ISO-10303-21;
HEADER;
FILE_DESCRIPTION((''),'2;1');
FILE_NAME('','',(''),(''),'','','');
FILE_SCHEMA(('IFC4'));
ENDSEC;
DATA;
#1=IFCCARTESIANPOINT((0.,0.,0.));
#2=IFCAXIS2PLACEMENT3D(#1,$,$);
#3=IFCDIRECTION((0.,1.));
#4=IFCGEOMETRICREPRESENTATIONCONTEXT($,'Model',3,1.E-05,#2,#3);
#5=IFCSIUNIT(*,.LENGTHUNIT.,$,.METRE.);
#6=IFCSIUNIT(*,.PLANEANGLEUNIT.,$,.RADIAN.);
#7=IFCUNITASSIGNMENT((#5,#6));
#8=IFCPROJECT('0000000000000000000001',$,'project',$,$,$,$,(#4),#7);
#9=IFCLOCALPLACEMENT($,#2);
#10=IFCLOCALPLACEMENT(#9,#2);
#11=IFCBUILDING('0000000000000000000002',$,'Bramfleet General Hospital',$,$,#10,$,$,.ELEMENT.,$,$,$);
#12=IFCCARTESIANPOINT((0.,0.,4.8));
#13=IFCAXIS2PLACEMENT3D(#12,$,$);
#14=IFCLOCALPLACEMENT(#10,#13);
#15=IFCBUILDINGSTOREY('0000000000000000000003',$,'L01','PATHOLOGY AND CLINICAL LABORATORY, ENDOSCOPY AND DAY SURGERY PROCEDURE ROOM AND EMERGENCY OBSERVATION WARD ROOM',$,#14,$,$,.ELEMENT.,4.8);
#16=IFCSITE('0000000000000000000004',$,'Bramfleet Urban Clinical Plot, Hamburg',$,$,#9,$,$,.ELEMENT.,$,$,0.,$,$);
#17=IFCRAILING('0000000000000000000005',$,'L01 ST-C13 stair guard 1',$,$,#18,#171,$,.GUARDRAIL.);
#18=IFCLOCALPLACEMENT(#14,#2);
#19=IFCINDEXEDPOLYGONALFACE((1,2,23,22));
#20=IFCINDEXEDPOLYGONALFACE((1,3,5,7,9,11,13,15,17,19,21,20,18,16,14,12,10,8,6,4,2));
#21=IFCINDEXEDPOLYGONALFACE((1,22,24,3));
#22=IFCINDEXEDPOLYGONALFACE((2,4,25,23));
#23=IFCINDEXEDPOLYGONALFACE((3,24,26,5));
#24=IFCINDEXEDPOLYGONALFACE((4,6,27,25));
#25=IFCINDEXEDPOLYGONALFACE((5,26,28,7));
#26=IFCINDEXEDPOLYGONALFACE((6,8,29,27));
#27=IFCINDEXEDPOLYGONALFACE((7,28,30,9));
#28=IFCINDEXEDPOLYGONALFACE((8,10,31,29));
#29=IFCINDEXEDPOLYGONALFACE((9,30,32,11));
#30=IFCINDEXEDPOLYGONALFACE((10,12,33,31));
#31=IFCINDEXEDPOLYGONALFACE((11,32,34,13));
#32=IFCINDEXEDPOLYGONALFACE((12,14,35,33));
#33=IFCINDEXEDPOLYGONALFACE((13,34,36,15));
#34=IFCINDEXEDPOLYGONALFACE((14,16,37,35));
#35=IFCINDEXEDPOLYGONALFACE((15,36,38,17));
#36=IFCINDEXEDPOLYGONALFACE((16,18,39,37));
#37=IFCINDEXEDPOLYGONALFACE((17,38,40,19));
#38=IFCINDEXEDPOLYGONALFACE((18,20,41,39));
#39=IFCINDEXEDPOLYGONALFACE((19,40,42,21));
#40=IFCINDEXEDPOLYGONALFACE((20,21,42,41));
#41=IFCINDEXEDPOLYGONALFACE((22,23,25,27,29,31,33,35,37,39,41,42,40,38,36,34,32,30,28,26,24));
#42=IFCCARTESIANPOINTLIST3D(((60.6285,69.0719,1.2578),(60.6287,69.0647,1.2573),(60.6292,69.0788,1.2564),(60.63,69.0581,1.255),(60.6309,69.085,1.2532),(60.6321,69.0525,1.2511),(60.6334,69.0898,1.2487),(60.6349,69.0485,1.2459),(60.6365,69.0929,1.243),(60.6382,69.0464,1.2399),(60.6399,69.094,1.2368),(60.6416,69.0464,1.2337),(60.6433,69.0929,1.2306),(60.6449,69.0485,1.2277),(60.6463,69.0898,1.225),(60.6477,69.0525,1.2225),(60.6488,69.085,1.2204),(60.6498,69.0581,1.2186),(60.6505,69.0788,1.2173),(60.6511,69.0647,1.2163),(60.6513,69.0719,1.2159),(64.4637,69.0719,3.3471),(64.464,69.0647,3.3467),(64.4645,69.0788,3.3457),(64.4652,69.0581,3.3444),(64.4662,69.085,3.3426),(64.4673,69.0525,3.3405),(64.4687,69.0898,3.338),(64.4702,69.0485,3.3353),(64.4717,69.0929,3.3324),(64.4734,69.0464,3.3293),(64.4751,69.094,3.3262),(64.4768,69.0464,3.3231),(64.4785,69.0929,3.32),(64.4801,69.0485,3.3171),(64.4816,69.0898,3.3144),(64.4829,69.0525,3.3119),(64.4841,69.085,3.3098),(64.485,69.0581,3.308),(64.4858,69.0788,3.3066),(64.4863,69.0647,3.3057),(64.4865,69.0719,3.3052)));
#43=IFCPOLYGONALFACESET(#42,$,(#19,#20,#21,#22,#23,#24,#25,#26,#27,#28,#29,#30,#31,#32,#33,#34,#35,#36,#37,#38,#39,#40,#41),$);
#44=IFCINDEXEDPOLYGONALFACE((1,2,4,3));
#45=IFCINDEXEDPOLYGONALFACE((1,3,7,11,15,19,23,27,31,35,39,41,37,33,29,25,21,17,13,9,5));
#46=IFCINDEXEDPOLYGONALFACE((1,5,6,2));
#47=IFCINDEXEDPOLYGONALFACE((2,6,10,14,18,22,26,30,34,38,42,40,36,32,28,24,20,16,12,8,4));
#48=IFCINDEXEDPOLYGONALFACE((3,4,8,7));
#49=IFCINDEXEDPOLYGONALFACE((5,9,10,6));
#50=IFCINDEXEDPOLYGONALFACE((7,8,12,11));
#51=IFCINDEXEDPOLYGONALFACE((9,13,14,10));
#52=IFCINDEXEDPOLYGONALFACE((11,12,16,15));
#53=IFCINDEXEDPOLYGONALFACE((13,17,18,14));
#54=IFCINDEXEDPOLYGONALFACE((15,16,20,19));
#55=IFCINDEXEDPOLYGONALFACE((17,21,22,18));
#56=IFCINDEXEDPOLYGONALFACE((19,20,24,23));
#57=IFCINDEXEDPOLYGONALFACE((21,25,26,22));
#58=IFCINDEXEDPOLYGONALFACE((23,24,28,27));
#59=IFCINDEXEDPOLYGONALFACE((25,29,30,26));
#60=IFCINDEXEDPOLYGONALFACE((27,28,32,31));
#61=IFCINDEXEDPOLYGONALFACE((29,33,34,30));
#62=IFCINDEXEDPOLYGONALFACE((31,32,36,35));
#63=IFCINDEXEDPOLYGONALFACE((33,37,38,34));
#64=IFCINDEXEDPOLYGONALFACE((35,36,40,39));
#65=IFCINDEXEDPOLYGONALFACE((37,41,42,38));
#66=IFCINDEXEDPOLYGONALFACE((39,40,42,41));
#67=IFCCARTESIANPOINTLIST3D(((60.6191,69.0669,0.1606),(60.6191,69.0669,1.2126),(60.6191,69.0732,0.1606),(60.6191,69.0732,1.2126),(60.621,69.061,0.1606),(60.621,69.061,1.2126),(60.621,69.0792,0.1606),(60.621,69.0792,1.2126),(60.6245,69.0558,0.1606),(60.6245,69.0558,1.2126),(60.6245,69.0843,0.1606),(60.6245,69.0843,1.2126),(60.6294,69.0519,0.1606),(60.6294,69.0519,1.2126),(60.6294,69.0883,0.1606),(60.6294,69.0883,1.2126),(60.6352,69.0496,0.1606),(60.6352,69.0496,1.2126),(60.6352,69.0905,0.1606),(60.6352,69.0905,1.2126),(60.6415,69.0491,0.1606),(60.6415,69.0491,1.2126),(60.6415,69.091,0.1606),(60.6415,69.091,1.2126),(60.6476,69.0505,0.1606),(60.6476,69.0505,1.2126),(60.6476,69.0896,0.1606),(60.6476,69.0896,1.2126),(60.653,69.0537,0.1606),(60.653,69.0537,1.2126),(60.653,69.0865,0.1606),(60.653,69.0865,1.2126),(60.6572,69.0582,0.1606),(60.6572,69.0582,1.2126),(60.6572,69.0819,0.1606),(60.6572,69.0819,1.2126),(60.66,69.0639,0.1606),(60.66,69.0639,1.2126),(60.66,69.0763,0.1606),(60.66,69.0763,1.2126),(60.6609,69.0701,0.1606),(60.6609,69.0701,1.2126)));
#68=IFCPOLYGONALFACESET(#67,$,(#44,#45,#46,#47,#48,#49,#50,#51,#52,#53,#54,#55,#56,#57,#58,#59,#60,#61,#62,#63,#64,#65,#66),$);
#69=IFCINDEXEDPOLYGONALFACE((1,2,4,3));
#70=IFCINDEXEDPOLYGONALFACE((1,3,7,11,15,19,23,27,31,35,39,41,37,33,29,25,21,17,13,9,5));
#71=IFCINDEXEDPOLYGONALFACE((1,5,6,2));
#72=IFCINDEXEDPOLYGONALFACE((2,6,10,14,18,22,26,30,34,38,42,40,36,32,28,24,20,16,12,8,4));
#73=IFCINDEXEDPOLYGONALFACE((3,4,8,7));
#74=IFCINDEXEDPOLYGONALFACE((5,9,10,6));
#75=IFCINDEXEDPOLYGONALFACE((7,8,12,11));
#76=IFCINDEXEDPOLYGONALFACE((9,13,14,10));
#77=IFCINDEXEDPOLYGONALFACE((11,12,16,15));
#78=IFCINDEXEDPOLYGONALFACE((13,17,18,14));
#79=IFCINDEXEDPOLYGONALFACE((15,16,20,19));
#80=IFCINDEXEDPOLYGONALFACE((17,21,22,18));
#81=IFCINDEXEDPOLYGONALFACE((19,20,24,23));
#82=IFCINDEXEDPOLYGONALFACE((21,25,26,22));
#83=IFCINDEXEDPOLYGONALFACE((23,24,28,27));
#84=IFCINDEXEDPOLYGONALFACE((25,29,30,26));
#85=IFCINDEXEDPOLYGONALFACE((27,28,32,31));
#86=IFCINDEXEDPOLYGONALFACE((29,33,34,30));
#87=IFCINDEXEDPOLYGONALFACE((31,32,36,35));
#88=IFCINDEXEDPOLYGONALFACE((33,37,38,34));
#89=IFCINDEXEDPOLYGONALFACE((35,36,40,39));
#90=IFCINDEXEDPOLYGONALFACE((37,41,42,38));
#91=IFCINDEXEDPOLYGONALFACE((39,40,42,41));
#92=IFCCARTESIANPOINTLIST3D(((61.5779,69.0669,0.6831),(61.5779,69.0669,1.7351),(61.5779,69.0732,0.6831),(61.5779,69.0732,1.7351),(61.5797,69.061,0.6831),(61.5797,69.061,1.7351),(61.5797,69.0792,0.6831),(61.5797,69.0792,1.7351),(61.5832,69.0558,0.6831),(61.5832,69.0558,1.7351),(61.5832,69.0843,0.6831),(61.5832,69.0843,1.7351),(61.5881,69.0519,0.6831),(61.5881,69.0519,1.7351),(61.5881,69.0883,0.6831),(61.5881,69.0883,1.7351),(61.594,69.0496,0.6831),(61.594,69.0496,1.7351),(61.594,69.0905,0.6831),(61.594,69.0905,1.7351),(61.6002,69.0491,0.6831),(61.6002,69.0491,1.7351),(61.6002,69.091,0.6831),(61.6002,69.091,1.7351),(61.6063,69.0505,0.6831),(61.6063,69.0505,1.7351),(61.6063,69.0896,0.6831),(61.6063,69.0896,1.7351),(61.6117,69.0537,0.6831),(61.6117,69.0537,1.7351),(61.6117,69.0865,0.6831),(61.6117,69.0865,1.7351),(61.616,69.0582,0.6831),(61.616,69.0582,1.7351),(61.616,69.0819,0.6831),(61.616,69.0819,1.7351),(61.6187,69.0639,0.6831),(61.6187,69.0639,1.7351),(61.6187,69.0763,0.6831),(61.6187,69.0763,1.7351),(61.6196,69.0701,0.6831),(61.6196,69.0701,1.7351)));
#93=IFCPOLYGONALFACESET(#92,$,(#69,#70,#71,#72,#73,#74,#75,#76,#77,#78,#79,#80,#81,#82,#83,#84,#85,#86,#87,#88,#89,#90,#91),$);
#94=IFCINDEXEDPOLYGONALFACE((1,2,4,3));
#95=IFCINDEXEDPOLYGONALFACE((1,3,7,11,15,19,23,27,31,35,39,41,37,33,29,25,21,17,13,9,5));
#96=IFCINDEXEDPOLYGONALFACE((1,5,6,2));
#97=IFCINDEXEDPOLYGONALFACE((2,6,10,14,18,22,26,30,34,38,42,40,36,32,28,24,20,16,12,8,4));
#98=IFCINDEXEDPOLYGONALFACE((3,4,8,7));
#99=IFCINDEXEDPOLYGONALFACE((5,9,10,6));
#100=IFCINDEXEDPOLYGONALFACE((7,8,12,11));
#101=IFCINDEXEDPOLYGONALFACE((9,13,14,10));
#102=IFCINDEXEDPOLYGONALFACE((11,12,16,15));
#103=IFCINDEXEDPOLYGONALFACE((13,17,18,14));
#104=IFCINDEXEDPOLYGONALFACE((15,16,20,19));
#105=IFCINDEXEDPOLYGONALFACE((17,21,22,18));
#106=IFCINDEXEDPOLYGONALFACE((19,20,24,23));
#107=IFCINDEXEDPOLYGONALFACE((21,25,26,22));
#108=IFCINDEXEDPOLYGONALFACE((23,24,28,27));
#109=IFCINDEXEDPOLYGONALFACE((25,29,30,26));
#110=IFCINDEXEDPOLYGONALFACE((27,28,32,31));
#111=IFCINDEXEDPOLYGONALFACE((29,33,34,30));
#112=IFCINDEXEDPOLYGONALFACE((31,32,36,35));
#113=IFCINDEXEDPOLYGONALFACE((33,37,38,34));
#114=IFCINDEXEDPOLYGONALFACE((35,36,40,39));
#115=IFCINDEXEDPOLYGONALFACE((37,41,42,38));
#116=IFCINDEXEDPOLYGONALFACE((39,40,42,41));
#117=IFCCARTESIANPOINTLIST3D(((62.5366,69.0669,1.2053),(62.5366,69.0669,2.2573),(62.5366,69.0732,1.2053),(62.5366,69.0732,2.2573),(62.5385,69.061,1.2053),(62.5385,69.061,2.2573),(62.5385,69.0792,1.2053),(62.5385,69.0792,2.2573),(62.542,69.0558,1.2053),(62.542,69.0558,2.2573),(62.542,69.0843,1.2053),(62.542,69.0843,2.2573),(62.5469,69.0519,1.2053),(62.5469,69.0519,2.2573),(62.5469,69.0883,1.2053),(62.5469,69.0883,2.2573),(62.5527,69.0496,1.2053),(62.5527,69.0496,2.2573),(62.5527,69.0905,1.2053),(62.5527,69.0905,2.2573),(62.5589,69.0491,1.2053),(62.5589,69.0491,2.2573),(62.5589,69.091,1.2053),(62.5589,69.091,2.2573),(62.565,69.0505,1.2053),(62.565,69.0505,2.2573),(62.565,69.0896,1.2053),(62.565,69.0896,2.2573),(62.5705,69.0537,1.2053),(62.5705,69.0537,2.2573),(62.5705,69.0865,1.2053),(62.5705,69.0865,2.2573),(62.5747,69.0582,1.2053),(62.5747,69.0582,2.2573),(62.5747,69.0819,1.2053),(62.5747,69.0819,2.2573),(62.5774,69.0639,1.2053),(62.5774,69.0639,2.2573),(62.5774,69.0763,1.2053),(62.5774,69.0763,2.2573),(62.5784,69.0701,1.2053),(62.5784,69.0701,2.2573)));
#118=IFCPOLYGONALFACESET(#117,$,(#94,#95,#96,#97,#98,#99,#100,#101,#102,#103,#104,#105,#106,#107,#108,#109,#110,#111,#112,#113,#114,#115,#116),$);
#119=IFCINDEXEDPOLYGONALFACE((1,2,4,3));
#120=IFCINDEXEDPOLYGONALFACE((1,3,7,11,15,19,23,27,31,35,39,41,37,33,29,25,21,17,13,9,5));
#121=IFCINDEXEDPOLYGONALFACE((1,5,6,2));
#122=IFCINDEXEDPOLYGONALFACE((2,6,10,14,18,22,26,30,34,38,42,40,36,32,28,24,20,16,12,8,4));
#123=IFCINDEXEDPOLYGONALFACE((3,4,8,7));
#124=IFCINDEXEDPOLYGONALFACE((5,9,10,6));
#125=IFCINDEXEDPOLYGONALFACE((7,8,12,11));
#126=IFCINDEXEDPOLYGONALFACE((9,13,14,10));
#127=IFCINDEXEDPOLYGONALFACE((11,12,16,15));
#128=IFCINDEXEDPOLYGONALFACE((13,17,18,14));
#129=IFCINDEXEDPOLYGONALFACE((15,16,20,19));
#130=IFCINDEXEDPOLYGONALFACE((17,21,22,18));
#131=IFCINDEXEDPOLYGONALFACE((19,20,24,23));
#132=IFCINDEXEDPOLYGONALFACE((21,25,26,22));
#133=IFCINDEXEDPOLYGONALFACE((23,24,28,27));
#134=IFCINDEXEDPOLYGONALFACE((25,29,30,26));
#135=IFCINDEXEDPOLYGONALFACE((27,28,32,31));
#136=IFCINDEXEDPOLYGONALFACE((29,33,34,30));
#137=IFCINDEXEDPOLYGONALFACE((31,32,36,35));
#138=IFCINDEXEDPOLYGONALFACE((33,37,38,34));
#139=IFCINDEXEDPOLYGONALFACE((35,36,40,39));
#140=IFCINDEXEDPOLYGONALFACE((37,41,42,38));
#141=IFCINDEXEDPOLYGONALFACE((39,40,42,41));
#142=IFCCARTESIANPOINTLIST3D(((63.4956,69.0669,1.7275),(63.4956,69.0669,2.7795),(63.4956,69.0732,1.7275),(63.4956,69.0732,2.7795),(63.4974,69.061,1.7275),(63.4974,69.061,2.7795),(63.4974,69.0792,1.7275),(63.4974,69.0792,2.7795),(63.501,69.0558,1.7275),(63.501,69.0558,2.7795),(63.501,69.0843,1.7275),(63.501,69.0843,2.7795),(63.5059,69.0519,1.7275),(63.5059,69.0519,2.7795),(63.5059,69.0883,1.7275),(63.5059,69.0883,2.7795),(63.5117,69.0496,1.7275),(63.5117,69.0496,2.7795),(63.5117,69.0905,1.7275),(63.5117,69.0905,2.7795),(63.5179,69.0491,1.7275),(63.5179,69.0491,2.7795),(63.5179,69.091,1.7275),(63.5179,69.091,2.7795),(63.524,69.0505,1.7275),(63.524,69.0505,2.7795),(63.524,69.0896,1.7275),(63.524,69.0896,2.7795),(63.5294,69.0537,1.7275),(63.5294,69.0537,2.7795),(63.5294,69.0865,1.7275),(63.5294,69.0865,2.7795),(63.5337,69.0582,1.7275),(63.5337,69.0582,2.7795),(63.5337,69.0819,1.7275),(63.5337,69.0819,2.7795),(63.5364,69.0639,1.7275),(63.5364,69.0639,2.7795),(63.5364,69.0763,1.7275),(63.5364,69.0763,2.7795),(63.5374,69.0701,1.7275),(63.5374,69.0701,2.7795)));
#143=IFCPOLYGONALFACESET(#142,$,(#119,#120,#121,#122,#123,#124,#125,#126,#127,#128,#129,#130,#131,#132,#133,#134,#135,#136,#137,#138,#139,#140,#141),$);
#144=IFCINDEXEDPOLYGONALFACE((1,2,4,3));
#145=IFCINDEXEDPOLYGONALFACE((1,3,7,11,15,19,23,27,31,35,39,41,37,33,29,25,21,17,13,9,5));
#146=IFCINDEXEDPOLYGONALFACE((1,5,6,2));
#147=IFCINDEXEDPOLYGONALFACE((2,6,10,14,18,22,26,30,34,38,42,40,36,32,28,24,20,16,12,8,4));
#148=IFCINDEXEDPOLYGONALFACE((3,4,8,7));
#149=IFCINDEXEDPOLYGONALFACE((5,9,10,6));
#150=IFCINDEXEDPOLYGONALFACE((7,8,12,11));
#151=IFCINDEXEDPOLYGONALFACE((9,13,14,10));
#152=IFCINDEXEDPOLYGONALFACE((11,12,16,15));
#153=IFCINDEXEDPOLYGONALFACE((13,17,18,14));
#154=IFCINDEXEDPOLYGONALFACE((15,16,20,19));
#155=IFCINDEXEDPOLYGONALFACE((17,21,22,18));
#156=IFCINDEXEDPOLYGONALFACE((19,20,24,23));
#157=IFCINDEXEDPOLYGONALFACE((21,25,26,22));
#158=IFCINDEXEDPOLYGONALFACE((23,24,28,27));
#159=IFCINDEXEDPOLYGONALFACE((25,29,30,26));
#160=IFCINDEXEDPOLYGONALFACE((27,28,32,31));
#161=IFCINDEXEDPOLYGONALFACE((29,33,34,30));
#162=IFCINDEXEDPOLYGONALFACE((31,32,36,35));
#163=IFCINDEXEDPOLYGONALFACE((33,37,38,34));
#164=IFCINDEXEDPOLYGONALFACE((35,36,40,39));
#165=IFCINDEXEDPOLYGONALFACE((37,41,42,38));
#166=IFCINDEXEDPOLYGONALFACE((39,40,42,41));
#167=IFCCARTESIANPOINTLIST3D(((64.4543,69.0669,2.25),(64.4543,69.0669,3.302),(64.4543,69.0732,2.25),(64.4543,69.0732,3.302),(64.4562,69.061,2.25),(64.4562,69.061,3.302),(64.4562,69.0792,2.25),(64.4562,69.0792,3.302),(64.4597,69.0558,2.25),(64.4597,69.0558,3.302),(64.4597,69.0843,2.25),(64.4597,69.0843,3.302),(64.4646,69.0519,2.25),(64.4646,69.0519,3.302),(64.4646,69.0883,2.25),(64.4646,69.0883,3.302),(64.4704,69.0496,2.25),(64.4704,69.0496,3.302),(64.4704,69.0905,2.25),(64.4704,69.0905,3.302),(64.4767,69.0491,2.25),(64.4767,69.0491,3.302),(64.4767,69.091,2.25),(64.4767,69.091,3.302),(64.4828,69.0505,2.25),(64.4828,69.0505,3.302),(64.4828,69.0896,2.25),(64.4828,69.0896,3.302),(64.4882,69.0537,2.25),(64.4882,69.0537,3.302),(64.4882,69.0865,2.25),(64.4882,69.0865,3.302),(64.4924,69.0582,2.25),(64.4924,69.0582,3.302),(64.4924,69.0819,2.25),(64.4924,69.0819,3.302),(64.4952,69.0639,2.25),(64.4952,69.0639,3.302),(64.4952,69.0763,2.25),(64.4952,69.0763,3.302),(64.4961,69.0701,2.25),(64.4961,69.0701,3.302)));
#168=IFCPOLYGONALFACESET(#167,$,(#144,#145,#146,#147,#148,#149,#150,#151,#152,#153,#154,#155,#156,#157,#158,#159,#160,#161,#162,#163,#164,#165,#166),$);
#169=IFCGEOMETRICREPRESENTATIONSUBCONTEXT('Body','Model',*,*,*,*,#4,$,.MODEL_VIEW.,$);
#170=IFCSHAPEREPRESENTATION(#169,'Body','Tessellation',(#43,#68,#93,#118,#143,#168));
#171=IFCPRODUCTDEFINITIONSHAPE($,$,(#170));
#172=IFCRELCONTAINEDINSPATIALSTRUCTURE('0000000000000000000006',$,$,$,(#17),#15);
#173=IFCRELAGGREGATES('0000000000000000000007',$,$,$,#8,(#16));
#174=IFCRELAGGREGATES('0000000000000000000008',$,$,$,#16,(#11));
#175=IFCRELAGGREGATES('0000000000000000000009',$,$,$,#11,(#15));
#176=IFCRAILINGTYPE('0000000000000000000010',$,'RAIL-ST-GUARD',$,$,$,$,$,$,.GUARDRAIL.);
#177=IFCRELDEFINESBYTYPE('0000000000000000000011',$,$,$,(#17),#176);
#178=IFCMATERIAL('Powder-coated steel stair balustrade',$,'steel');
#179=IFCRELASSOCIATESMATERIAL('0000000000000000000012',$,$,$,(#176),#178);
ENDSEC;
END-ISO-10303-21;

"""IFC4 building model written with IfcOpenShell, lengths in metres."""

from ifc_helpers import new_model, si_unit, direction, frame, origin, origin_2d, place, context, subcontext, project, spatial, circle, extrude, material, type_object, element, save


model = new_model("IFC4")

# Units and contexts
model_context = context("Model", 3, precision=1e-05, world=origin(), true_north=direction((0.0, 1.0)))
body_context = subcontext(model_context, "Body", "Model", "MODEL_VIEW")
ifc_project = project(units=[si_unit("LENGTHUNIT", "METRE"), si_unit("PLANEANGLEUNIT", "RADIAN")], contexts=[model_context])

# Site, building, storey
site_placement = place(None, origin())
site = spatial("IfcSite", under=ifc_project, at=site_placement, Name="Bramfleet Urban Clinical Plot, Hamburg", CompositionType="ELEMENT", RefElevation=0.0)
building_placement = place(site_placement, origin())
building = spatial("IfcBuilding", under=site, at=building_placement, Name="Bramfleet General Hospital", CompositionType="ELEMENT")
storey_placement = place(building_placement, frame((0.0, 0.0, 4.8)))
storey = spatial("IfcBuildingStorey", under=building, at=storey_placement, Name="L01", Description="PATHOLOGY AND CLINICAL LABORATORY, ENDOSCOPY AND DAY SURGERY PROCEDURE ROOM AND EMERGENCY OBSERVATION WARD ROOM", CompositionType="ELEMENT", Elevation=4.8)

# Railing
ifc_material_1 = material(Name="Powder-coated steel stair balustrade", Category="steel")
railing_type_1 = type_object("IfcRailingType", Name="RAIL-ST-GUARD", PredefinedType="GUARDRAIL", material=ifc_material_1)
railing_1_placement = place(storey_placement, frame((60.6399, 69.0701, 0.1606)))
element("IfcRailing", 1, at=railing_1_placement, inside=storey, type_object=railing_type_1, Name="L01 ST-C13 stair guard 1", PredefinedType="GUARDRAIL", context=body_context, shape_type="SweptSolid", body=[
    extrude(circle(Radius=0.0239, at=origin_2d()), frame((0.0, 0.0, 1.0762), z_axis=(0.878143, 0.0, 0.478398), x_axis=(0.0, 1.0, 0.0)), (0.0, 0.0, 1.0), 4.3674),
    extrude(circle(Radius=0.021, at=origin_2d()), origin(), (0.0, 0.0, 1.0), 1.052),
    extrude(circle(Radius=0.021, at=origin_2d()), frame((0.9587, 0.0, 0.5225)), (0.0, 0.0, 1.0), 1.052),
    extrude(circle(Radius=0.021, at=origin_2d()), frame((1.9175, 0.0, 1.0447)), (0.0, 0.0, 1.0), 1.052),
    extrude(circle(Radius=0.021, at=origin_2d()), frame((2.8765, 0.0, 1.5669)), (0.0, 0.0, 1.0), 1.052),
    extrude(circle(Radius=0.021, at=origin_2d()), frame((3.8352, 0.0, 2.0894)), (0.0, 0.0, 1.0), 1.052),
])

save(model, "model.ifc")
